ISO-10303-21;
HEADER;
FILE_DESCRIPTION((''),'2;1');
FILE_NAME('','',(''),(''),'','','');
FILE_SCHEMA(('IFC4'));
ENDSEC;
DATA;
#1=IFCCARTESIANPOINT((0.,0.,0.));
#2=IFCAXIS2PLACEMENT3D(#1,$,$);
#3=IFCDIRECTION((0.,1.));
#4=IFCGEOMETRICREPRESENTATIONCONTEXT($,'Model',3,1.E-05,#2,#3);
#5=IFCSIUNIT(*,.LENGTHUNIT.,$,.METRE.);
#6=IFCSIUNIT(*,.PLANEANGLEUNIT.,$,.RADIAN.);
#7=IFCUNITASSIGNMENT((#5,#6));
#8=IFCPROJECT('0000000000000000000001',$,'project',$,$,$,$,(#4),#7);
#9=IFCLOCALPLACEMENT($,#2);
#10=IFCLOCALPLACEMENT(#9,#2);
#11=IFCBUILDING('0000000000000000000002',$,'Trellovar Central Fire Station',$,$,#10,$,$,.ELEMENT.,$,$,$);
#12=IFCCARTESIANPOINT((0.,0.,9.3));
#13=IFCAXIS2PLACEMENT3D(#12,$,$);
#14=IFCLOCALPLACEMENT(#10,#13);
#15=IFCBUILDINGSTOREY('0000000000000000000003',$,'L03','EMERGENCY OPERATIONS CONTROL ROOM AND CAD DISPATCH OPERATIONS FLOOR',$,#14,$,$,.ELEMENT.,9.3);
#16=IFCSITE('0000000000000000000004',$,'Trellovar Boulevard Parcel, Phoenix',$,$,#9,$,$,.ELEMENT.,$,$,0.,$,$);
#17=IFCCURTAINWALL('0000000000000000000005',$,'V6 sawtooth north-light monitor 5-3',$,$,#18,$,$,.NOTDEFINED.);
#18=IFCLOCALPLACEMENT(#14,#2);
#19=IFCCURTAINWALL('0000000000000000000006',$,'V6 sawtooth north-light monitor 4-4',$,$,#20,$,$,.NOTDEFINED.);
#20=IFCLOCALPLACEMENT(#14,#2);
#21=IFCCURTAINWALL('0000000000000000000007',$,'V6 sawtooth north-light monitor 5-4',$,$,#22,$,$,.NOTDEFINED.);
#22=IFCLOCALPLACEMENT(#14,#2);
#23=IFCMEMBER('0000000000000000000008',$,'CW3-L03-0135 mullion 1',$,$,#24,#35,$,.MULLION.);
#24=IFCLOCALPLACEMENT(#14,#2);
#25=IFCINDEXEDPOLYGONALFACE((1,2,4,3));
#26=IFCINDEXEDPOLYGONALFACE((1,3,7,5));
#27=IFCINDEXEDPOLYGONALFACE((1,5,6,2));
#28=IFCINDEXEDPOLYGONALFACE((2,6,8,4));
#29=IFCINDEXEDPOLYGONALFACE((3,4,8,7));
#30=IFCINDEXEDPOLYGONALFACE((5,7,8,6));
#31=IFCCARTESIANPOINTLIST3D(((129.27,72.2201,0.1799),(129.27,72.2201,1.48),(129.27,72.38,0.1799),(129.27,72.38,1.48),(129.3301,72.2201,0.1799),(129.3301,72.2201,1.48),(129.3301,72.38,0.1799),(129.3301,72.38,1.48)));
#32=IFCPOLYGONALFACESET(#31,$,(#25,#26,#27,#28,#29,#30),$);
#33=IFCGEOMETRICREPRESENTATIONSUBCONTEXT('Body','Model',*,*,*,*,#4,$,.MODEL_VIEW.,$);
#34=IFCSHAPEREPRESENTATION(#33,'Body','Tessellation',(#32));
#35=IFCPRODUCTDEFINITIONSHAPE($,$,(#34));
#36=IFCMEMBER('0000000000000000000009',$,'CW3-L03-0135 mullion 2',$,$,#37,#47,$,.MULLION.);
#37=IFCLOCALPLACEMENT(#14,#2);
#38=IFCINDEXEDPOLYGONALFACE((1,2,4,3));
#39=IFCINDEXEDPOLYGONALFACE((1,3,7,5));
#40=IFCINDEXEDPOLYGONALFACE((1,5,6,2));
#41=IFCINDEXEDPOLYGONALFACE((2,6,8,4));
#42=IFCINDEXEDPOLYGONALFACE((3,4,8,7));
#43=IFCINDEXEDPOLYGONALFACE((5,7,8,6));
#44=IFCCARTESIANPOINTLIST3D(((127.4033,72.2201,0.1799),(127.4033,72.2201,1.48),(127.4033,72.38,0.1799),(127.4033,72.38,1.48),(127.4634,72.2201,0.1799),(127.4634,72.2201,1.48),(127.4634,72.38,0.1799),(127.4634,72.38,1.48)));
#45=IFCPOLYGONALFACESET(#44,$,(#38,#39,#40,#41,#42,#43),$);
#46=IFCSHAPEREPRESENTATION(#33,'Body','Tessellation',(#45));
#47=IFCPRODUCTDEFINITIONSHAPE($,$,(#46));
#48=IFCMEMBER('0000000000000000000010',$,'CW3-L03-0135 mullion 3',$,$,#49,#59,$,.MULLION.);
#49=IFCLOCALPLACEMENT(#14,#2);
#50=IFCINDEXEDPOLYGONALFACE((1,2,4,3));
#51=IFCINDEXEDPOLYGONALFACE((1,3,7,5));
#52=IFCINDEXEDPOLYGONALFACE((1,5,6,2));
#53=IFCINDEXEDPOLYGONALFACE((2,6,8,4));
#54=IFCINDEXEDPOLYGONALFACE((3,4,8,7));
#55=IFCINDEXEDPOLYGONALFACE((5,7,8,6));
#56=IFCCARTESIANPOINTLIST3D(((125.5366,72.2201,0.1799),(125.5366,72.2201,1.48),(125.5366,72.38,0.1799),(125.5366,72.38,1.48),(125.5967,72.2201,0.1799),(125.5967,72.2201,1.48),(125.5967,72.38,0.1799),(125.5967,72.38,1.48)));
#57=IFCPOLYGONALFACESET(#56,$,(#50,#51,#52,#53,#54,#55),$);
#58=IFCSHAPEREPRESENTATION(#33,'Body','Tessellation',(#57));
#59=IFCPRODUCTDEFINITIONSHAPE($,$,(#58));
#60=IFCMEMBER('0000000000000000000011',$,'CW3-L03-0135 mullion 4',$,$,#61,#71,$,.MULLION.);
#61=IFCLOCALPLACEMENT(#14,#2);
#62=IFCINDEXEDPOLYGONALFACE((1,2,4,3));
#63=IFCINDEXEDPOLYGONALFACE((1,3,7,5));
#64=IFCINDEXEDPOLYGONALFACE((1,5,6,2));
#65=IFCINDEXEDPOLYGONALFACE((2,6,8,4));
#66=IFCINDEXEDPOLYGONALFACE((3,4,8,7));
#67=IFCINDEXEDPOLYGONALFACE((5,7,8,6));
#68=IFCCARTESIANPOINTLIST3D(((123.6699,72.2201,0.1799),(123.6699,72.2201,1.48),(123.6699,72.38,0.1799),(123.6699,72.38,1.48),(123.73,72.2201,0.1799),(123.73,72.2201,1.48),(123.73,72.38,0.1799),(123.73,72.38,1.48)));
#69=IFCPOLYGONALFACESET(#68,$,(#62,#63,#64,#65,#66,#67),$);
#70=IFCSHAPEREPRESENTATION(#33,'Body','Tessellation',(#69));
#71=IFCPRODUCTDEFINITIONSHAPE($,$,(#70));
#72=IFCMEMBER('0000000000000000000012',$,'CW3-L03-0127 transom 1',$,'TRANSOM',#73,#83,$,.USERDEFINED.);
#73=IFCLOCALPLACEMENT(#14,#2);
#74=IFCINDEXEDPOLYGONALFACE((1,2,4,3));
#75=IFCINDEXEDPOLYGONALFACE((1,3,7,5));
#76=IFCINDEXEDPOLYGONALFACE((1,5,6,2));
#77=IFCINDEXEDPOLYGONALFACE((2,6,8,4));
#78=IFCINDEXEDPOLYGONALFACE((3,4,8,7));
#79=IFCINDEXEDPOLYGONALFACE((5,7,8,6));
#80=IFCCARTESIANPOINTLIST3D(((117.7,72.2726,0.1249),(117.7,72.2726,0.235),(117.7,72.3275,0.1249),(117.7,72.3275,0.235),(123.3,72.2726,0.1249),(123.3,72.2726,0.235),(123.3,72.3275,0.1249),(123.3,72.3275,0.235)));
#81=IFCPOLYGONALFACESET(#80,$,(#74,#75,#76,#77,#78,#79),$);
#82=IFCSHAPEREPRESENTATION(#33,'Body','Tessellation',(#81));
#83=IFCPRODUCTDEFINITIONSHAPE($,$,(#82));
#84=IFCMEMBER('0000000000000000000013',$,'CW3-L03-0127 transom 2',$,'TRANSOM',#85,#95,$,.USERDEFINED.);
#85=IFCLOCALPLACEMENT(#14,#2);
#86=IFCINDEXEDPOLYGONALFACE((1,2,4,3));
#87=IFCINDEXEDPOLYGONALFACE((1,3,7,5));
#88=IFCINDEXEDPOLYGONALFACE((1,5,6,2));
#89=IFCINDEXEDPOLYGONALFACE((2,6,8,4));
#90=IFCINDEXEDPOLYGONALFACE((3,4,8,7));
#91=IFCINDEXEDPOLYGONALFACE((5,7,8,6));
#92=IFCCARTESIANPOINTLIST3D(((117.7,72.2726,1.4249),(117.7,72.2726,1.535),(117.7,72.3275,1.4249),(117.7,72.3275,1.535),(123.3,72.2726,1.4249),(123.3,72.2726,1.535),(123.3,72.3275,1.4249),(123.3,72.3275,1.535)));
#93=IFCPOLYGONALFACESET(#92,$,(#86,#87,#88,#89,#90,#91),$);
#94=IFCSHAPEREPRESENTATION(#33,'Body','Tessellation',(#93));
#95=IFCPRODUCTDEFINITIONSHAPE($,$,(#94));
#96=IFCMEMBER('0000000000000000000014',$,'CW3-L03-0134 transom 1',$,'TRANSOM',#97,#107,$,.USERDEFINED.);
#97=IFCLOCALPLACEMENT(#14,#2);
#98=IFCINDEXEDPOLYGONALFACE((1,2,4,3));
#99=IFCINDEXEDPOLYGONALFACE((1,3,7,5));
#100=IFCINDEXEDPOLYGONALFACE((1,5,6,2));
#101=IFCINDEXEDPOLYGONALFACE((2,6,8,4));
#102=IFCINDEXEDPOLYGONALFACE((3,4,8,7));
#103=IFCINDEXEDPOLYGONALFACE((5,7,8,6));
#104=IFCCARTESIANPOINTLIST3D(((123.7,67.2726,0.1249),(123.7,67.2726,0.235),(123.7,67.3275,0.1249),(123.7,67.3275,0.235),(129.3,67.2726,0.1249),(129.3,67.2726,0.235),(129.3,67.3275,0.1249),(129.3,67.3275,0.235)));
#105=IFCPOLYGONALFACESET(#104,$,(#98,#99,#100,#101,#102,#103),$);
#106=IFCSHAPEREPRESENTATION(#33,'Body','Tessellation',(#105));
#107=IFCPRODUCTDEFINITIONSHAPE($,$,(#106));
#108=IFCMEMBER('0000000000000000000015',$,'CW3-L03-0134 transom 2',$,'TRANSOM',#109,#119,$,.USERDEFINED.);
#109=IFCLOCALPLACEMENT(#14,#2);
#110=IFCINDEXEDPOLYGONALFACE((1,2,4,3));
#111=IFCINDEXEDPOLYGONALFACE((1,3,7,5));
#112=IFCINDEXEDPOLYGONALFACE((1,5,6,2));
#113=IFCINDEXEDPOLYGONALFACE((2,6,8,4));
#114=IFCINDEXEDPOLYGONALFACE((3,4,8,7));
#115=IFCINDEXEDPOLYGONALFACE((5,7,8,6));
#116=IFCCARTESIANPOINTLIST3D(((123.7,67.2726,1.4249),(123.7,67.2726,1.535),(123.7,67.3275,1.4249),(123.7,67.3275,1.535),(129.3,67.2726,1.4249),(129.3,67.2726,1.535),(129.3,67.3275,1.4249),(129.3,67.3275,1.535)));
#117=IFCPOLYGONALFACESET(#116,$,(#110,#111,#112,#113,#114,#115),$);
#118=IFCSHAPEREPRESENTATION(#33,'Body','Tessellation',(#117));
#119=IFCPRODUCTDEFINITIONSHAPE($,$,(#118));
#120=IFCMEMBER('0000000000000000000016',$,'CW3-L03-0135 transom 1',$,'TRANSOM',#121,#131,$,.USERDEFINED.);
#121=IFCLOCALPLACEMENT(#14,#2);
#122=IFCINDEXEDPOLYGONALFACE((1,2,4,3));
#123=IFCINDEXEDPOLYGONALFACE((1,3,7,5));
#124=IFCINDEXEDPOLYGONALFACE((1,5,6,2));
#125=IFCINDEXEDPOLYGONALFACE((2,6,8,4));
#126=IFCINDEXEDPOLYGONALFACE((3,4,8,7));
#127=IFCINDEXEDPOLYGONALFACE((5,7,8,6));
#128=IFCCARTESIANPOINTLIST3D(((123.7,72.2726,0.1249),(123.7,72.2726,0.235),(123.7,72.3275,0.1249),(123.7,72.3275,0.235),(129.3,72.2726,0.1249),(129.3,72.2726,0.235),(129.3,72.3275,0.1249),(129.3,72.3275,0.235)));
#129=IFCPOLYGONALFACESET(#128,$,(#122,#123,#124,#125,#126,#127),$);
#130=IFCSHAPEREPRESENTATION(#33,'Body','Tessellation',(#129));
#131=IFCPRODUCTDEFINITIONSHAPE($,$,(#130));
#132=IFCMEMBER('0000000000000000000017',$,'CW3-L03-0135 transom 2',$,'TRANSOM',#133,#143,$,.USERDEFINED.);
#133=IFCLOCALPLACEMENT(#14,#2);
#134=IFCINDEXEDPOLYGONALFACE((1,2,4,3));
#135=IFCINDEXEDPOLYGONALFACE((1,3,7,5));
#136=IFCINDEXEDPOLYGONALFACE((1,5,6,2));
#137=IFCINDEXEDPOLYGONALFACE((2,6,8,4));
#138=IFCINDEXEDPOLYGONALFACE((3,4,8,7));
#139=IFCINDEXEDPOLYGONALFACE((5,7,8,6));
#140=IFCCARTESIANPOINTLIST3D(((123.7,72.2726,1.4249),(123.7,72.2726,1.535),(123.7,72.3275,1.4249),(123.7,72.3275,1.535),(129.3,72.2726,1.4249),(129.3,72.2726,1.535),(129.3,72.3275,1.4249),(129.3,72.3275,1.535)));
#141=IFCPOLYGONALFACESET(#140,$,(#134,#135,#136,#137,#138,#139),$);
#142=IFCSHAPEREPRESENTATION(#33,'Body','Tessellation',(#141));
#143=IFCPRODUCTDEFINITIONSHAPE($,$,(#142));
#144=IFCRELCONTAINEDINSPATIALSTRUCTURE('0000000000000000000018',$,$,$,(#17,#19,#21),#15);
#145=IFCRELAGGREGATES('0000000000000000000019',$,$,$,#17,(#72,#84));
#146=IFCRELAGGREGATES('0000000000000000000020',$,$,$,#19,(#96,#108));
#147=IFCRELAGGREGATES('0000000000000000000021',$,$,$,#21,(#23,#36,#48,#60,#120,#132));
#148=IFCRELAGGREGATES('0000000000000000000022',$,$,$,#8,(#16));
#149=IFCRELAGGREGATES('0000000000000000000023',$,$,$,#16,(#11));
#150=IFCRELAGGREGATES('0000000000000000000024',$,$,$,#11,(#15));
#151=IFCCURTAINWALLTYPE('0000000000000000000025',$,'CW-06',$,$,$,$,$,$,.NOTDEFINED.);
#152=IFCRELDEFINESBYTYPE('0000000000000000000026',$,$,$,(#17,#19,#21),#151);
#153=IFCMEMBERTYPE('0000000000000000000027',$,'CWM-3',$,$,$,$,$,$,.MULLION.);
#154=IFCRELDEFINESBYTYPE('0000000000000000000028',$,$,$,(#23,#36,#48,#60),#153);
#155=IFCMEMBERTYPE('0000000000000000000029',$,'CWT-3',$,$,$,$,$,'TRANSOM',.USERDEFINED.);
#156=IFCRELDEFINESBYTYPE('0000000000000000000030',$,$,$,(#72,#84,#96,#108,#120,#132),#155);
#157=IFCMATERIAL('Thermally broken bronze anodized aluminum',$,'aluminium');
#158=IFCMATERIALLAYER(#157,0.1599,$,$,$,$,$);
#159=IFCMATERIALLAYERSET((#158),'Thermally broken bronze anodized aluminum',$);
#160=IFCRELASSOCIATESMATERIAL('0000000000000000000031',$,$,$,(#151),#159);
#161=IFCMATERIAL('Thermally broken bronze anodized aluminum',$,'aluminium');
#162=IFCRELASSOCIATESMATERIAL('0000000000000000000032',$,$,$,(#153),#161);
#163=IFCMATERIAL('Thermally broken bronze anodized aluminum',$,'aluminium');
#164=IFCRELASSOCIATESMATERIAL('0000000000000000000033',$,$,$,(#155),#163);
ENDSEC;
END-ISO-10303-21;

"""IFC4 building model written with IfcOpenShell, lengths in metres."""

from ifc_helpers import new_model, si_unit, direction, frame, origin, origin_2d, place, context, subcontext, project, spatial, rectangle, extrude, material, layer, layer_set, material_profile, profile_set, type_object, element, aggregate, save


model = new_model("IFC4")

# Units and contexts
model_context = context("Model", 3, precision=1e-05, world=origin(), true_north=direction((0.0, 1.0)))
body_context = subcontext(model_context, "Body", "Model", "MODEL_VIEW")
ifc_project = project(units=[si_unit("LENGTHUNIT", "METRE"), si_unit("PLANEANGLEUNIT", "RADIAN")], contexts=[model_context])

# Site, building, storey
site_placement = place(None, origin())
site = spatial("IfcSite", under=ifc_project, at=site_placement, Name="Trellovar Boulevard Parcel, Phoenix", CompositionType="ELEMENT", RefElevation=0.0)
building_placement = place(site_placement, origin())
building = spatial("IfcBuilding", under=site, at=building_placement, Name="Trellovar Central Fire Station", CompositionType="ELEMENT")
storey_placement = place(building_placement, frame((0.0, 0.0, 9.3)))
storey = spatial("IfcBuildingStorey", under=building, at=storey_placement, Name="L03", Description="EMERGENCY OPERATIONS CONTROL ROOM AND CAD DISPATCH OPERATIONS FLOOR", CompositionType="ELEMENT", Elevation=9.3)

# Curtain wall
ifc_material_1 = material(Name="Thermally broken bronze anodized aluminum", Category="aluminium")
ifc_layer_1 = layer(ifc_material_1, 0.1599)
ifc_layer_set_1 = layer_set([ifc_layer_1], Name="Thermally broken bronze anodized aluminum")
curtain_wall_type = type_object("IfcCurtainWallType", Name="CW-06", PredefinedType="NOTDEFINED", material=ifc_layer_set_1)
curtain_wall_1_placement = place(storey_placement, origin())
curtain_wall_1 = element("IfcCurtainWall", 1, at=curtain_wall_1_placement, inside=storey, type_object=curtain_wall_type, Name="V6 sawtooth north-light monitor 5-3", PredefinedType="NOTDEFINED")
ifc_material_2 = material(Name="Thermally broken bronze anodized aluminum", Category="aluminium")
ifc_material_profile_1 = material_profile(ifc_material_2, rectangle(XDim=0.0601, YDim=0.1599, at=origin_2d()), Name="ALU60X160")
ifc_profile_set_1 = profile_set([ifc_material_profile_1], Name="Thermally broken bronze anodized aluminum")
member_type_1 = type_object("IfcMemberType", Name="CWM-3", PredefinedType="MULLION", material=ifc_profile_set_1)

# Curtain walls, members
curtain_wall_2_placement = place(storey_placement, origin())
curtain_wall_2 = element("IfcCurtainWall", 2, at=curtain_wall_2_placement, inside=storey, type_object=curtain_wall_type, Name="V6 sawtooth north-light monitor 4-4", PredefinedType="NOTDEFINED")
curtain_wall_3_placement = place(storey_placement, origin())
curtain_wall_3 = element("IfcCurtainWall", 3, at=curtain_wall_3_placement, inside=storey, type_object=curtain_wall_type, Name="V6 sawtooth north-light monitor 5-4", PredefinedType="NOTDEFINED")
member_1_placement = place(storey_placement, frame((129.3, 72.3, 0.1799), z_axis=(0.0, 0.0, 1.0), x_axis=(1.0, 0.0, 0.0)))
member_1 = element("IfcMember", 4, at=member_1_placement, type_object=member_type_1, Name="CW3-L03-0135 mullion 1", PredefinedType="MULLION", context=body_context, shape_type="SweptSolid", body=[
    extrude(rectangle(XDim=0.0601, YDim=0.1599, at=origin_2d()), origin(), (0.0, 0.0, 1.0), 1.3),
])
member_2_placement = place(storey_placement, frame((127.4333, 72.3, 0.1799), z_axis=(0.0, 0.0, 1.0), x_axis=(1.0, 0.0, 0.0)))
member_2 = element("IfcMember", 5, at=member_2_placement, type_object=member_type_1, Name="CW3-L03-0135 mullion 2", PredefinedType="MULLION", context=body_context, shape_type="SweptSolid", body=[
    extrude(rectangle(XDim=0.0601, YDim=0.1599, at=origin_2d()), origin(), (0.0, 0.0, 1.0), 1.3),
])
member_3_placement = place(storey_placement, frame((125.5667, 72.3, 0.1799), z_axis=(0.0, 0.0, 1.0), x_axis=(1.0, 0.0, 0.0)))
member_3 = element("IfcMember", 6, at=member_3_placement, type_object=member_type_1, Name="CW3-L03-0135 mullion 3", PredefinedType="MULLION", context=body_context, shape_type="SweptSolid", body=[
    extrude(rectangle(XDim=0.0601, YDim=0.1599, at=origin_2d()), origin(), (0.0, 0.0, 1.0), 1.3),
])
member_4_placement = place(storey_placement, frame((123.7, 72.3, 0.1799), z_axis=(0.0, 0.0, 1.0), x_axis=(1.0, 0.0, 0.0)))
member_4 = element("IfcMember", 7, at=member_4_placement, type_object=member_type_1, Name="CW3-L03-0135 mullion 4", PredefinedType="MULLION", context=body_context, shape_type="SweptSolid", body=[
    extrude(rectangle(XDim=0.0601, YDim=0.1599, at=origin_2d()), origin(), (0.0, 0.0, 1.0), 1.3),
])

# Members
ifc_material_3 = material(Name="Thermally broken bronze anodized aluminum", Category="aluminium")
ifc_material_profile_2 = material_profile(ifc_material_3, rectangle(XDim=0.0549, YDim=0.1101, at=origin_2d()), Name="ALU55X110")
ifc_profile_set_2 = profile_set([ifc_material_profile_2], Name="Thermally broken bronze anodized aluminum")
member_type_2 = type_object("IfcMemberType", Name="CWT-3", ElementType="TRANSOM", PredefinedType="USERDEFINED", material=ifc_profile_set_2)
member_5_placement = place(storey_placement, frame((123.3, 72.3, 0.1799), z_axis=(-1.0, 0.0, 0.0), x_axis=(0.0, -1.0, 0.0)))
member_5 = element("IfcMember", 8, at=member_5_placement, type_object=member_type_2, Name="CW3-L03-0127 transom 1", ObjectType="TRANSOM", PredefinedType="USERDEFINED", context=body_context, shape_type="SweptSolid", body=[
    extrude(rectangle(XDim=0.0549, YDim=0.1101, at=origin_2d()), origin(), (0.0, 0.0, 1.0), 5.6001),
])
member_6_placement = place(storey_placement, frame((123.3, 72.3, 1.48), z_axis=(-1.0, 0.0, 0.0), x_axis=(0.0, -1.0, 0.0)))
member_6 = element("IfcMember", 9, at=member_6_placement, type_object=member_type_2, Name="CW3-L03-0127 transom 2", ObjectType="TRANSOM", PredefinedType="USERDEFINED", context=body_context, shape_type="SweptSolid", body=[
    extrude(rectangle(XDim=0.0549, YDim=0.1101, at=origin_2d()), origin(), (0.0, 0.0, 1.0), 5.6001),
])
aggregate(curtain_wall_1, [member_5, member_6])
member_7_placement = place(storey_placement, frame((129.3, 67.3, 0.1799), z_axis=(-1.0, 0.0, 0.0), x_axis=(0.0, -1.0, 0.0)))
member_7 = element("IfcMember", 10, at=member_7_placement, type_object=member_type_2, Name="CW3-L03-0134 transom 1", ObjectType="TRANSOM", PredefinedType="USERDEFINED", context=body_context, shape_type="SweptSolid", body=[
    extrude(rectangle(XDim=0.0549, YDim=0.1101, at=origin_2d()), origin(), (0.0, 0.0, 1.0), 5.6001),
])
member_8_placement = place(storey_placement, frame((129.3, 67.3, 1.48), z_axis=(-1.0, 0.0, 0.0), x_axis=(0.0, -1.0, 0.0)))
member_8 = element("IfcMember", 11, at=member_8_placement, type_object=member_type_2, Name="CW3-L03-0134 transom 2", ObjectType="TRANSOM", PredefinedType="USERDEFINED", context=body_context, shape_type="SweptSolid", body=[
    extrude(rectangle(XDim=0.0549, YDim=0.1101, at=origin_2d()), origin(), (0.0, 0.0, 1.0), 5.6001),
])
member_9_placement = place(storey_placement, frame((129.3, 72.3, 0.1799), z_axis=(-1.0, 0.0, 0.0), x_axis=(0.0, -1.0, 0.0)))
member_9 = element("IfcMember", 12, at=member_9_placement, type_object=member_type_2, Name="CW3-L03-0135 transom 1", ObjectType="TRANSOM", PredefinedType="USERDEFINED", context=body_context, shape_type="SweptSolid", body=[
    extrude(rectangle(XDim=0.0549, YDim=0.1101, at=origin_2d()), origin(), (0.0, 0.0, 1.0), 5.6001),
])
member_10_placement = place(storey_placement, frame((129.3, 72.3, 1.48), z_axis=(-1.0, 0.0, 0.0), x_axis=(0.0, -1.0, 0.0)))
member_10 = element("IfcMember", 13, at=member_10_placement, type_object=member_type_2, Name="CW3-L03-0135 transom 2", ObjectType="TRANSOM", PredefinedType="USERDEFINED", context=body_context, shape_type="SweptSolid", body=[
    extrude(rectangle(XDim=0.0549, YDim=0.1101, at=origin_2d()), origin(), (0.0, 0.0, 1.0), 5.6001),
])

aggregate(curtain_wall_2, [member_7, member_8])
aggregate(curtain_wall_3, [member_1, member_2, member_3, member_4, member_9, member_10])

save(model, "model.ifc")
